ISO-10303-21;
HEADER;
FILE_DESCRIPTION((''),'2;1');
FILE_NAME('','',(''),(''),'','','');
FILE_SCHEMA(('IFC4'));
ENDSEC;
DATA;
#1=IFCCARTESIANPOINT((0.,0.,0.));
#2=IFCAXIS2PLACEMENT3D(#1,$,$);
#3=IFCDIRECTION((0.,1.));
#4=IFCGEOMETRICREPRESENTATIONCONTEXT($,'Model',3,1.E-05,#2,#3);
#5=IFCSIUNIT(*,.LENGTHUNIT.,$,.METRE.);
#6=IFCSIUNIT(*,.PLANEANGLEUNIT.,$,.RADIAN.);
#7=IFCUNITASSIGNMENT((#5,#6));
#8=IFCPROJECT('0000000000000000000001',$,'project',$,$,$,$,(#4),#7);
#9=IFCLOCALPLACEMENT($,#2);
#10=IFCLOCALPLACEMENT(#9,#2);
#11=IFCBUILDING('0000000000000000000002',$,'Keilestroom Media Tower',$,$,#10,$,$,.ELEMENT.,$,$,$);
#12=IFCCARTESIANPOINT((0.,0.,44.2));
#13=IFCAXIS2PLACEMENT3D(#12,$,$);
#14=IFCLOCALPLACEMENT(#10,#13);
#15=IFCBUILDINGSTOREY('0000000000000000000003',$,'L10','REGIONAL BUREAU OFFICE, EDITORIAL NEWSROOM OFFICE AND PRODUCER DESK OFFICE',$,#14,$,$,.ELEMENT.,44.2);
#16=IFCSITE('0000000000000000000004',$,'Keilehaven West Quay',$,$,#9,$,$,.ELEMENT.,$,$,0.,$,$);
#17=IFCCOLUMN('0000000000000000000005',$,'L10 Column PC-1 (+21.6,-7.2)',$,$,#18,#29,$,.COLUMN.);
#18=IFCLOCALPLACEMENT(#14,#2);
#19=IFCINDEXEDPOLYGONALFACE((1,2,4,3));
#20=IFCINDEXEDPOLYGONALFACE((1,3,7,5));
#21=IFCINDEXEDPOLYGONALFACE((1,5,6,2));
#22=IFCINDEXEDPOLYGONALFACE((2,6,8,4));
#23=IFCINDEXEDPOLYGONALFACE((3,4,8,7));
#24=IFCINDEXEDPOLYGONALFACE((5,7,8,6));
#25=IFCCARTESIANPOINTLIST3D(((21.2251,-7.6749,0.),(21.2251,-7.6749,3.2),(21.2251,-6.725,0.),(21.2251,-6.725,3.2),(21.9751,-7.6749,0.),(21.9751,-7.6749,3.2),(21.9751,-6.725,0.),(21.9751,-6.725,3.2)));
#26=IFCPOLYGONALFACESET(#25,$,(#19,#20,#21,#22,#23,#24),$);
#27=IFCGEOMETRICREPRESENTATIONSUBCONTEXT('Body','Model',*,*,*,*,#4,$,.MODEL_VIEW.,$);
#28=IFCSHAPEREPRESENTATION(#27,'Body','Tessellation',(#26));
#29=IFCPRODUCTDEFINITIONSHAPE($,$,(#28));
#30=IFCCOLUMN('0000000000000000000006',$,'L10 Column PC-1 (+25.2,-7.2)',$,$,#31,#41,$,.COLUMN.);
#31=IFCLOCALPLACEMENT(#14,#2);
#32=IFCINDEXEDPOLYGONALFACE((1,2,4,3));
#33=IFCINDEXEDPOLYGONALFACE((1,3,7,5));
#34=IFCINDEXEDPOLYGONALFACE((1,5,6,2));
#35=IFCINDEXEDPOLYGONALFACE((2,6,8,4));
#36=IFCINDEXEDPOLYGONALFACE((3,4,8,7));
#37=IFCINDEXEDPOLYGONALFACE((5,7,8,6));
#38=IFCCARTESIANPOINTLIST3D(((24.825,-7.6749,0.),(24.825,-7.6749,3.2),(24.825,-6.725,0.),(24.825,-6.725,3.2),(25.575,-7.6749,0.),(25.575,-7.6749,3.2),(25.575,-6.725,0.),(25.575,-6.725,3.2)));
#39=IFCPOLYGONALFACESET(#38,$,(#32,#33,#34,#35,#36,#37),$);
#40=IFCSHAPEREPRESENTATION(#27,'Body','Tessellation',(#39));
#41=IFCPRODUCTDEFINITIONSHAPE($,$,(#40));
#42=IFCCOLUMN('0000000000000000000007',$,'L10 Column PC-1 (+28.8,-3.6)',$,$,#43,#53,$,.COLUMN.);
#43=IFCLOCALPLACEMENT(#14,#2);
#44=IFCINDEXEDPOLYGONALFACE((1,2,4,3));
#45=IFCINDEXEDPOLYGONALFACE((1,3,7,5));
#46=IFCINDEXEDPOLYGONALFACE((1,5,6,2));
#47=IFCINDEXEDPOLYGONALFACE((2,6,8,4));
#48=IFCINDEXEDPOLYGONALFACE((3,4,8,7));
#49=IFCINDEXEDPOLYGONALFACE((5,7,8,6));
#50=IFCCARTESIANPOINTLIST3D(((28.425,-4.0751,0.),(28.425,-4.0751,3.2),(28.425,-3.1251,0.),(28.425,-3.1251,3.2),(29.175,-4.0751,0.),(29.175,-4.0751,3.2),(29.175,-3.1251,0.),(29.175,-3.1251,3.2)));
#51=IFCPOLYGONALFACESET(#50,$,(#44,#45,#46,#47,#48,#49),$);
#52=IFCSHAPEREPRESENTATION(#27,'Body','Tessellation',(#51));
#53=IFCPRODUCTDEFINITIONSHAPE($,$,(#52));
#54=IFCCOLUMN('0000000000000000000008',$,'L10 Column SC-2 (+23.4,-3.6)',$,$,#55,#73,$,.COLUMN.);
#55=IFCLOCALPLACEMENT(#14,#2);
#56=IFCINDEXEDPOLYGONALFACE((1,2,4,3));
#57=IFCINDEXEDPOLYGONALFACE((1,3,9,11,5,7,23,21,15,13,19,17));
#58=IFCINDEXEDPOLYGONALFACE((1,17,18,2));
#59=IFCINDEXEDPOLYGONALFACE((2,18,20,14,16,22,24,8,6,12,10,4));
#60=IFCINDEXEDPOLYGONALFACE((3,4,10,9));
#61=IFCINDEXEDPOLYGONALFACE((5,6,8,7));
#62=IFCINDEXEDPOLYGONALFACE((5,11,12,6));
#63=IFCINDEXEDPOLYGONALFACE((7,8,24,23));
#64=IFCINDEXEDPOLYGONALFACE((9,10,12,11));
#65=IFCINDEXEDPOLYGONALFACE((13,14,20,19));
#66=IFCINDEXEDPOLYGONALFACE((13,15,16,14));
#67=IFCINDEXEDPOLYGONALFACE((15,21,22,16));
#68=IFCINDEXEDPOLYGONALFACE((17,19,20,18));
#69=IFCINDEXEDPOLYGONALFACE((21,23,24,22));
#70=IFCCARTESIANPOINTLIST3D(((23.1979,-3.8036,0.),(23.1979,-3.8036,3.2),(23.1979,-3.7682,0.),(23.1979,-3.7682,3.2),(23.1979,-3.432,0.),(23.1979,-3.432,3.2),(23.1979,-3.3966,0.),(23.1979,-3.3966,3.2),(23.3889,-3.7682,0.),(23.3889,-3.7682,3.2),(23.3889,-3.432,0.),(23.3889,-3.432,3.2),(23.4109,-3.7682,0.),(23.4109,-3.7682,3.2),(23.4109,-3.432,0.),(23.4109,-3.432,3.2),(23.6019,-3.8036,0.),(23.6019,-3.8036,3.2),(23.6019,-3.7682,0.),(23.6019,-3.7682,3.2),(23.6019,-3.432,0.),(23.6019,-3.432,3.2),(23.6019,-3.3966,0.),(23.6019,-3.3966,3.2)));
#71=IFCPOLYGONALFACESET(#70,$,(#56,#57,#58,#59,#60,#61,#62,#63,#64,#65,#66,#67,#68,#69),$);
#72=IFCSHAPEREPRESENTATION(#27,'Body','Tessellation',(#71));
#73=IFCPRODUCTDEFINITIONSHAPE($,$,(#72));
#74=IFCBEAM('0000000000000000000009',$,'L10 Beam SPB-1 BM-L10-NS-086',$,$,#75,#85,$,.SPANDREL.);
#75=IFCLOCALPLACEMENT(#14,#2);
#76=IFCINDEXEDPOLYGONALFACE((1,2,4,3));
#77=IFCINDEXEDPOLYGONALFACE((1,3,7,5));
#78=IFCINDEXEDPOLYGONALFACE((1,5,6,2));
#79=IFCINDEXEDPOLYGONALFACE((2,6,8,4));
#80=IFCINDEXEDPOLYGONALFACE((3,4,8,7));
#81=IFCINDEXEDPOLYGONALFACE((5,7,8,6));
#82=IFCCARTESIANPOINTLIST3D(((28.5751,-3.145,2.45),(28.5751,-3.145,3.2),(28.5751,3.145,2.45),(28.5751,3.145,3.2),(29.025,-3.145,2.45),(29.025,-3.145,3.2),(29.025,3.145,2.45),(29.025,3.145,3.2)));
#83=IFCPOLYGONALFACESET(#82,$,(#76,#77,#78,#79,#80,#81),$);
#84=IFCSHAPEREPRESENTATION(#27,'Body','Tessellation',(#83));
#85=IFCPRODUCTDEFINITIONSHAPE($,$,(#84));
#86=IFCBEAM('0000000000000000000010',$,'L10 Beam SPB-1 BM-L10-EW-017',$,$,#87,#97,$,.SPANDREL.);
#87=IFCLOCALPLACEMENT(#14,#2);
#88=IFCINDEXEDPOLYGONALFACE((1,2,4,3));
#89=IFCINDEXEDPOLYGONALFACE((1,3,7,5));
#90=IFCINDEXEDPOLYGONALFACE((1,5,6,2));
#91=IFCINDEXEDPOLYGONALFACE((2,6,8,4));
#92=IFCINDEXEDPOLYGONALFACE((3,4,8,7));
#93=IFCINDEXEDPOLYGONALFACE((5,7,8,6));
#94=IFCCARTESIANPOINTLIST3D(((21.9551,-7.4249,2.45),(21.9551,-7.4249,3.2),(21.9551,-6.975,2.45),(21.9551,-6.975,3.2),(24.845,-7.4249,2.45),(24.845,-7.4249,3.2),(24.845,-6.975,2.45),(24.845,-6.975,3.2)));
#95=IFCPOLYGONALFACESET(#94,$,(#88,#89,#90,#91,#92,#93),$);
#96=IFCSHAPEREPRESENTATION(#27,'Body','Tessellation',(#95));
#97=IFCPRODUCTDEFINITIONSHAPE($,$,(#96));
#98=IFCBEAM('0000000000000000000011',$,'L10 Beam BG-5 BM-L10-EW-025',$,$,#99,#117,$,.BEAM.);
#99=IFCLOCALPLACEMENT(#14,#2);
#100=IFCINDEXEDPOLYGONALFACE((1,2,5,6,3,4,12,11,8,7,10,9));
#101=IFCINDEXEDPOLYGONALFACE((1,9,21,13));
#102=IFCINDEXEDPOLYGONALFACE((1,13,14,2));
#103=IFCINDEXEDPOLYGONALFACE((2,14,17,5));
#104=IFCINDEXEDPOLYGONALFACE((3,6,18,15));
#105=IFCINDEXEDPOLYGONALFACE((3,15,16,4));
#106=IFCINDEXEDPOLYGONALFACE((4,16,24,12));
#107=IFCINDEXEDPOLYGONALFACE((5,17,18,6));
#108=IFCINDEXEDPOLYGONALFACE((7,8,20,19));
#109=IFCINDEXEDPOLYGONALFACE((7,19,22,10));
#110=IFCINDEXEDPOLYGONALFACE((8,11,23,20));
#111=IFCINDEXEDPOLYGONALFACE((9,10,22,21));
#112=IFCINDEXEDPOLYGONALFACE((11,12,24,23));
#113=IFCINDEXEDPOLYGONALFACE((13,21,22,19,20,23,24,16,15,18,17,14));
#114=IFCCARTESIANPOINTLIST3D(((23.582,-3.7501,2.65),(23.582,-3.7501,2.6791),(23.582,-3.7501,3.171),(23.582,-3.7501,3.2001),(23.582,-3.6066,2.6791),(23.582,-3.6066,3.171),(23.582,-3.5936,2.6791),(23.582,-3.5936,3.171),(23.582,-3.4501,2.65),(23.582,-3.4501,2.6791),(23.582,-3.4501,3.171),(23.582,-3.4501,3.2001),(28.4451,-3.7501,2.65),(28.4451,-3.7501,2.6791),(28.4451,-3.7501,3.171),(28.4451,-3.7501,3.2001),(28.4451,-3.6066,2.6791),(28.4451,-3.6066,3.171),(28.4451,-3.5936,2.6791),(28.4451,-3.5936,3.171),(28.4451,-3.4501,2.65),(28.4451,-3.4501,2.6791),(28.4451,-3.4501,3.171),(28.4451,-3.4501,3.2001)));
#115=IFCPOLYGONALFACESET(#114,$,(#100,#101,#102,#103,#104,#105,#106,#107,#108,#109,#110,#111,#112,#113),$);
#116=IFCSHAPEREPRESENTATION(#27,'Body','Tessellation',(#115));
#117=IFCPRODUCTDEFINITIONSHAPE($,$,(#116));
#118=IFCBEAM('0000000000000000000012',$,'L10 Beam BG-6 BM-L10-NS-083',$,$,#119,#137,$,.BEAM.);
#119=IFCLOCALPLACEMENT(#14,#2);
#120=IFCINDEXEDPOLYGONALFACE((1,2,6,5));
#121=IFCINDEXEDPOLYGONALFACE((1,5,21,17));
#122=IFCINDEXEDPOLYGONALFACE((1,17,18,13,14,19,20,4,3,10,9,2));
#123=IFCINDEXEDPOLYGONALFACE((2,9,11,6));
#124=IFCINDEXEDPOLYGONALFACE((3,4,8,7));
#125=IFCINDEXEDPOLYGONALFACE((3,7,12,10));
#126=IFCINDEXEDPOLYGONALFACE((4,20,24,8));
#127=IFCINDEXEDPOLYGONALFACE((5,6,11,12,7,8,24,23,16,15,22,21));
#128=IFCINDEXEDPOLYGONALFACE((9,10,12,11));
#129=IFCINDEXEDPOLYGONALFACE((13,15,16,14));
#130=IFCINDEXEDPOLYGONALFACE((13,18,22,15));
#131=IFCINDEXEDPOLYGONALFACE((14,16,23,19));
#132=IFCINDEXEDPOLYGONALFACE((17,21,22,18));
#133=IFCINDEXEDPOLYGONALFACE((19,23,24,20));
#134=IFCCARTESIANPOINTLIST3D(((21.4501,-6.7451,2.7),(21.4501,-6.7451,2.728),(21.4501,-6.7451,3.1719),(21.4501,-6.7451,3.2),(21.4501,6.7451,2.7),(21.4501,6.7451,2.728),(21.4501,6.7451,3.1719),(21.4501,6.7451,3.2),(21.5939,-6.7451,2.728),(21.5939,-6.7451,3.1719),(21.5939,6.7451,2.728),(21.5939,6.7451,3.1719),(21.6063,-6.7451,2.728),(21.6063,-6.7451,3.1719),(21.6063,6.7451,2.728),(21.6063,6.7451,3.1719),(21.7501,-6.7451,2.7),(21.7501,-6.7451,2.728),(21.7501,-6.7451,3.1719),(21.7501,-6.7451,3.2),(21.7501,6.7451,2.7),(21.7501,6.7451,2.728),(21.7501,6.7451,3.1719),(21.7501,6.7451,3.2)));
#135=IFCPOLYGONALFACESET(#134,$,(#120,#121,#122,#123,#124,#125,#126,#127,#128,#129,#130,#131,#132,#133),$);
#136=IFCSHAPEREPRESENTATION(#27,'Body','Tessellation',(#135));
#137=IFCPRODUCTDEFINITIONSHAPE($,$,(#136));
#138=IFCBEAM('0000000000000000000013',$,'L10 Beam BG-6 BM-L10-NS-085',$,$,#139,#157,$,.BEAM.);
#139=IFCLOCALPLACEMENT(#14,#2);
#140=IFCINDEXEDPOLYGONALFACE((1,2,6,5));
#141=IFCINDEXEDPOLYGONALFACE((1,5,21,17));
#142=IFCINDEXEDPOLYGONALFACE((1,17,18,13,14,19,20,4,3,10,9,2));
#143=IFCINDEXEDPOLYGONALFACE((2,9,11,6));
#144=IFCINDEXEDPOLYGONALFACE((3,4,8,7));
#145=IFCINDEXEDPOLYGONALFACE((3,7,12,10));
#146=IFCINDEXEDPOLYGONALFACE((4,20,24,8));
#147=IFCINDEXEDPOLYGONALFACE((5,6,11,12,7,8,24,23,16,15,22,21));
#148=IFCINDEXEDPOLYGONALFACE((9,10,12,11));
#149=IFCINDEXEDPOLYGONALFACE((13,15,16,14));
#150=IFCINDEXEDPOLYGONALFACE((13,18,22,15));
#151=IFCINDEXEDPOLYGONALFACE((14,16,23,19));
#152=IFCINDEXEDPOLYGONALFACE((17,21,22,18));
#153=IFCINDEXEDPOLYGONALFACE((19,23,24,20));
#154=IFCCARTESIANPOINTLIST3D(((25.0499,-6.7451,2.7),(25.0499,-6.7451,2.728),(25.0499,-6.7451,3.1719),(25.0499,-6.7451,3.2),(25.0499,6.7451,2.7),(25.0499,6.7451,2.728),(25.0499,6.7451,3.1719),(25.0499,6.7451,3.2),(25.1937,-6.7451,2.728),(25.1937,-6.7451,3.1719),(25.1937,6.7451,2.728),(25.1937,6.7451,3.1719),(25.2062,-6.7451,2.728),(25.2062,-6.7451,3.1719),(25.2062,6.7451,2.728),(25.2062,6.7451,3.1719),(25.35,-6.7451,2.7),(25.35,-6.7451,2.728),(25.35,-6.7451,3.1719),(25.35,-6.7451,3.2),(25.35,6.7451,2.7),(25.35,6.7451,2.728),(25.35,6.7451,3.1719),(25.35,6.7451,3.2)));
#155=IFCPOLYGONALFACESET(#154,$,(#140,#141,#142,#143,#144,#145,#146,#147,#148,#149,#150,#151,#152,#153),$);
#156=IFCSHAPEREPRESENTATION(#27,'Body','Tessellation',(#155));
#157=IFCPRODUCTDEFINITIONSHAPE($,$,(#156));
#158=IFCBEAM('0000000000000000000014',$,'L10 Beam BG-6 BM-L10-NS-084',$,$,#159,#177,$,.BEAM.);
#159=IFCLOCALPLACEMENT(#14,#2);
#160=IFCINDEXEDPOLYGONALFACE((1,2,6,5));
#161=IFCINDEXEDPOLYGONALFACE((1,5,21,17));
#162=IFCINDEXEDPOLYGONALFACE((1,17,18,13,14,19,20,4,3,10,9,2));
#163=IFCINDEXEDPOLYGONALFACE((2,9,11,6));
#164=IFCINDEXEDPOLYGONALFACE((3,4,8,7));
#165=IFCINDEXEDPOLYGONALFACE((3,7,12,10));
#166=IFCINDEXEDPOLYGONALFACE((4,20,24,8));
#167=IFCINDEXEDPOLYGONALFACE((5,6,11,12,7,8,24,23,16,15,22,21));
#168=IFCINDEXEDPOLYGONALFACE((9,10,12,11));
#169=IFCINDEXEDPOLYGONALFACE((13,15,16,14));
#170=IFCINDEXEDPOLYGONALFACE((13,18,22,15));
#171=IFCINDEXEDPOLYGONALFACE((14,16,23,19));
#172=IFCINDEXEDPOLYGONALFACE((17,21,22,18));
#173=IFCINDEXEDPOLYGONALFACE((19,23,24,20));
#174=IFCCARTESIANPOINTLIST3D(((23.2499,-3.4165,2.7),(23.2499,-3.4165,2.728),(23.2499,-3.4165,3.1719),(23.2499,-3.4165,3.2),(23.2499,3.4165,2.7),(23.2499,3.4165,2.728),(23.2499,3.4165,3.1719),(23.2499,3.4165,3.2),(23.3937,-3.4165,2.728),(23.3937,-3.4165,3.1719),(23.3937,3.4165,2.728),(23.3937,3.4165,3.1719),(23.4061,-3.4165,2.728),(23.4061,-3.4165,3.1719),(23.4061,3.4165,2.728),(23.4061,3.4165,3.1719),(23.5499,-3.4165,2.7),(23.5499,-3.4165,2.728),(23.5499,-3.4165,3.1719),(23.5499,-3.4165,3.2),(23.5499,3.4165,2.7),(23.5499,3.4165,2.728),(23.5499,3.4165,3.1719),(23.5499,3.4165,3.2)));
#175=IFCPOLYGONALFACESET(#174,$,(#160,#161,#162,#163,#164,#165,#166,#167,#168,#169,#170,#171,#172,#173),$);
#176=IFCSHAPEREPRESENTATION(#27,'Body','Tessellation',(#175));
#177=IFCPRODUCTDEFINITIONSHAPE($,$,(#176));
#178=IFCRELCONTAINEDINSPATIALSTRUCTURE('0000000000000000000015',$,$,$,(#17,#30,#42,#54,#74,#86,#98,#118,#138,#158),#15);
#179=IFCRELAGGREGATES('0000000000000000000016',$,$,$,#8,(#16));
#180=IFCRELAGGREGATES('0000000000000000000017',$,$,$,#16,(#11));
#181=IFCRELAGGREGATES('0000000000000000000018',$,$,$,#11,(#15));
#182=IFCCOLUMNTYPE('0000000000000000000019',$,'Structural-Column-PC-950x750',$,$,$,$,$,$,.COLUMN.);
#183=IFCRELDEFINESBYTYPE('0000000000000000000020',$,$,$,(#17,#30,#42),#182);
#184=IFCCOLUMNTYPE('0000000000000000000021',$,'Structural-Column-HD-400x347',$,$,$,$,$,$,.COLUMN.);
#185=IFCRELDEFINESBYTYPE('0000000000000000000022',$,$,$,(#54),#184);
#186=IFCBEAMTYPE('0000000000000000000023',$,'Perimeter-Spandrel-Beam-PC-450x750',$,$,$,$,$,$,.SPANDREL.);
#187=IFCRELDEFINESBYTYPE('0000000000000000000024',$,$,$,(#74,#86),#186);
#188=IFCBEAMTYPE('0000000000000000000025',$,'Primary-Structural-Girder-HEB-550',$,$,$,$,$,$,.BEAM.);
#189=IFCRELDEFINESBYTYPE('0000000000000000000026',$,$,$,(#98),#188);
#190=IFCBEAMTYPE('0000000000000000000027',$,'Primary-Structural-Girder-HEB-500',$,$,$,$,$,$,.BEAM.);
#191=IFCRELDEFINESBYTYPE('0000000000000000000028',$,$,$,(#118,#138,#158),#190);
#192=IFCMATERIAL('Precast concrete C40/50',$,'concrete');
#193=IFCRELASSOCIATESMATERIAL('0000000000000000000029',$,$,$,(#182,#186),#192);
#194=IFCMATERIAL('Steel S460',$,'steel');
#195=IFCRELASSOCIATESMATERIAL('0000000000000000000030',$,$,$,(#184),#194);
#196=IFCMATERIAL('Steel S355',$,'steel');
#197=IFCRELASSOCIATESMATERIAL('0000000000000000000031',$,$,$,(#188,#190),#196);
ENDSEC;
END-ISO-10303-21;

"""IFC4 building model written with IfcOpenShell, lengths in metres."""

from ifc_helpers import new_model, si_unit, direction, frame, origin, origin_2d, place, context, subcontext, project, spatial, rectangle, i_section, extrude, source, transform, mapped, material, material_profile, profile_set, type_object, element, save


model = new_model("IFC4")

# Units and contexts
model_context = context("Model", 3, precision=1e-05, world=origin(), true_north=direction((0.0, 1.0)))
body_context = subcontext(model_context, "Body", "Model", "MODEL_VIEW")
ifc_project = project(units=[si_unit("LENGTHUNIT", "METRE"), si_unit("PLANEANGLEUNIT", "RADIAN")], contexts=[model_context])

# Site, building, storey
site_placement = place(None, origin())
site = spatial("IfcSite", under=ifc_project, at=site_placement, Name="Keilehaven West Quay", CompositionType="ELEMENT", RefElevation=0.0)
building_placement = place(site_placement, origin())
building = spatial("IfcBuilding", under=site, at=building_placement, Name="Keilestroom Media Tower", CompositionType="ELEMENT")
storey_placement = place(building_placement, frame((0.0, 0.0, 44.2)))
storey = spatial("IfcBuildingStorey", under=building, at=storey_placement, Name="L10", Description="REGIONAL BUREAU OFFICE, EDITORIAL NEWSROOM OFFICE AND PRODUCER DESK OFFICE", CompositionType="ELEMENT", Elevation=44.2)

# Columns
ifc_material_1 = material(Name="Precast concrete C40/50", Category="concrete")
ifc_material_profile_1 = material_profile(ifc_material_1, rectangle(XDim=0.75, YDim=0.95, at=origin_2d()), Name="PC 950x750")
ifc_profile_set_1 = profile_set([ifc_material_profile_1], Name="Precast concrete C40/50")
column_type_1 = type_object("IfcColumnType", Name="Structural-Column-PC-950x750", PredefinedType="COLUMN", material=ifc_profile_set_1)
shared_shape_1 = source(origin(), body_context, "Body", "SweptSolid", [
    extrude(rectangle(XDim=0.75, YDim=0.95, at=origin_2d()), origin(), (0.0, 0.0, 1.0), 3.2),
])
for number, where, z_axis, x_axis, name in (
    (1, (21.6001, -7.2, 0.0), (0.0, 0.0, 1.0), (1.0, 0.0, 0.0), "L10 Column PC-1 (+21.6,-7.2)"),
    (2, (25.2, -7.2, 0.0), (0.0, 0.0, 1.0), (1.0, 0.0, 0.0), "L10 Column PC-1 (+25.2,-7.2)"),
    (3, (28.8, -3.6001, 0.0), (0.0, 0.0, 1.0), (1.0, 0.0, 0.0), "L10 Column PC-1 (+28.8,-3.6)"),
):
    element("IfcColumn", number, at=place(storey_placement, frame(where, z_axis=z_axis, x_axis=x_axis)), inside=storey, type_object=column_type_1, Name=name, PredefinedType="COLUMN", context=body_context, shape_type="MappedRepresentation", body=[
        mapped(shared_shape_1, transform((0.0, 0.0, 0.0), x_axis=(1.0, 0.0, 0.0), y_axis=(0.0, 1.0, 0.0), z_axis=(0.0, 0.0, 1.0), scale=1.0)),
    ])
ifc_material_2 = material(Name="Steel S460", Category="steel")
ifc_material_profile_2 = material_profile(ifc_material_2, i_section(OverallWidth=0.4041, OverallDepth=0.407, WebThickness=0.022, FlangeThickness=0.0354, at=origin_2d()), Name="HD 400x347")
ifc_profile_set_2 = profile_set([ifc_material_profile_2], Name="Steel S460")
column_type_2 = type_object("IfcColumnType", Name="Structural-Column-HD-400x347", PredefinedType="COLUMN", material=ifc_profile_set_2)
shared_shape_2 = source(origin(), body_context, "Body", "SweptSolid", [
    extrude(i_section(OverallWidth=0.4041, OverallDepth=0.407, WebThickness=0.022, FlangeThickness=0.0354, at=origin_2d()), origin(), (0.0, 0.0, 1.0), 3.2),
])
column_placement = place(storey_placement, frame((23.3999, -3.6001, 0.0), z_axis=(0.0, 0.0, 1.0), x_axis=(1.0, 0.0, 0.0)))
element("IfcColumn", 4, at=column_placement, inside=storey, type_object=column_type_2, Name="L10 Column SC-2 (+23.4,-3.6)", PredefinedType="COLUMN", context=body_context, shape_type="MappedRepresentation", body=[
    mapped(shared_shape_2, transform((0.0, 0.0, 0.0), x_axis=(1.0, 0.0, 0.0), y_axis=(0.0, 1.0, 0.0), z_axis=(0.0, 0.0, 1.0), scale=1.0)),
])

# Beams
ifc_material_profile_3 = material_profile(ifc_material_1, rectangle(XDim=0.45, YDim=0.75, at=origin_2d()), Name="PC 450x750")
ifc_profile_set_3 = profile_set([ifc_material_profile_3], Name="Precast concrete C40/50")
beam_type_1 = type_object("IfcBeamType", Name="Perimeter-Spandrel-Beam-PC-450x750", PredefinedType="SPANDREL", material=ifc_profile_set_3)
shared_shape_3 = source(origin(), body_context, "Body", "SweptSolid", [
    extrude(rectangle(XDim=0.45, YDim=0.75, at=origin_2d()), origin(), (0.0, 0.0, 1.0), 6.29),
])
beam_1_placement = place(storey_placement, frame((28.8, -3.145, 2.825), z_axis=(0.0, 1.0, 0.0), x_axis=(-1.0, 0.0, 0.0)))
element("IfcBeam", 5, at=beam_1_placement, inside=storey, type_object=beam_type_1, Name="L10 Beam SPB-1 BM-L10-NS-086", PredefinedType="SPANDREL", context=body_context, shape_type="MappedRepresentation", body=[
    mapped(shared_shape_3, transform((0.0, 0.0, 0.0), x_axis=(1.0, 0.0, 0.0), y_axis=(0.0, 1.0, 0.0), z_axis=(0.0, 0.0, 1.0), scale=1.0)),
])
shared_shape_4 = source(origin(), body_context, "Body", "SweptSolid", [
    extrude(rectangle(XDim=0.45, YDim=0.75, at=origin_2d()), origin(), (0.0, 0.0, 1.0), 2.8899),
])
beam_2_placement = place(storey_placement, frame((21.9551, -7.2, 2.825), z_axis=(1.0, 0.0, 0.0), x_axis=(0.0, 1.0, 0.0)))
element("IfcBeam", 6, at=beam_2_placement, inside=storey, type_object=beam_type_1, Name="L10 Beam SPB-1 BM-L10-EW-017", PredefinedType="SPANDREL", context=body_context, shape_type="MappedRepresentation", body=[
    mapped(shared_shape_4, transform((0.0, 0.0, 0.0), x_axis=(1.0, 0.0, 0.0), y_axis=(0.0, 1.0, 0.0), z_axis=(0.0, 0.0, 1.0), scale=1.0)),
])
ifc_material_3 = material(Name="Steel S355", Category="steel")
ifc_material_profile_4 = material_profile(ifc_material_3, i_section(OverallWidth=0.3, OverallDepth=0.55, WebThickness=0.0129, FlangeThickness=0.0291, at=origin_2d()), Name="HEB 550")
ifc_profile_set_4 = profile_set([ifc_material_profile_4], Name="Steel S355")
beam_type_2 = type_object("IfcBeamType", Name="Primary-Structural-Girder-HEB-550", PredefinedType="BEAM", material=ifc_profile_set_4)
shared_shape_5 = source(origin(), body_context, "Body", "SweptSolid", [
    extrude(i_section(OverallWidth=0.3, OverallDepth=0.55, WebThickness=0.0129, FlangeThickness=0.0291, at=origin_2d()), origin(), (0.0, 0.0, 1.0), 4.863),
])
beam_3_placement = place(storey_placement, frame((23.582, -3.6001, 2.925), z_axis=(1.0, 0.0, 0.0), x_axis=(0.0, 1.0, 0.0)))
element("IfcBeam", 7, at=beam_3_placement, inside=storey, type_object=beam_type_2, Name="L10 Beam BG-5 BM-L10-EW-025", PredefinedType="BEAM", context=body_context, shape_type="MappedRepresentation", body=[
    mapped(shared_shape_5, transform((0.0, 0.0, 0.0), x_axis=(1.0, 0.0, 0.0), y_axis=(0.0, 1.0, 0.0), z_axis=(0.0, 0.0, 1.0), scale=1.0)),
])
ifc_material_profile_5 = material_profile(ifc_material_3, i_section(OverallWidth=0.3, OverallDepth=0.5, WebThickness=0.0125, FlangeThickness=0.0281, at=origin_2d()), Name="HEB 500")
ifc_profile_set_5 = profile_set([ifc_material_profile_5], Name="Steel S355")
beam_type_3 = type_object("IfcBeamType", Name="Primary-Structural-Girder-HEB-500", PredefinedType="BEAM", material=ifc_profile_set_5)
shared_shape_6 = source(origin(), body_context, "Body", "SweptSolid", [
    extrude(i_section(OverallWidth=0.3, OverallDepth=0.5, WebThickness=0.0125, FlangeThickness=0.0281, at=origin_2d()), origin(), (0.0, 0.0, 1.0), 13.4902),
])
for number, where, z_axis, x_axis, name in (
    (8, (21.6001, -6.7451, 2.95), (0.0, 1.0, 0.0), (-1.0, 0.0, 0.0), "L10 Beam BG-6 BM-L10-NS-083"),
    (9, (25.2, -6.7451, 2.95), (0.0, 1.0, 0.0), (-1.0, 0.0, 0.0), "L10 Beam BG-6 BM-L10-NS-085"),
):
    element("IfcBeam", number, at=place(storey_placement, frame(where, z_axis=z_axis, x_axis=x_axis)), inside=storey, type_object=beam_type_3, Name=name, PredefinedType="BEAM", context=body_context, shape_type="MappedRepresentation", body=[
        mapped(shared_shape_6, transform((0.0, 0.0, 0.0), x_axis=(1.0, 0.0, 0.0), y_axis=(0.0, 1.0, 0.0), z_axis=(0.0, 0.0, 1.0), scale=1.0)),
    ])
shared_shape_7 = source(origin(), body_context, "Body", "SweptSolid", [
    extrude(i_section(OverallWidth=0.3, OverallDepth=0.5, WebThickness=0.0125, FlangeThickness=0.0281, at=origin_2d()), origin(), (0.0, 0.0, 1.0), 6.833),
])
beam_4_placement = place(storey_placement, frame((23.3999, -3.4165, 2.95), z_axis=(0.0, 1.0, 0.0), x_axis=(-1.0, 0.0, 0.0)))
element("IfcBeam", 10, at=beam_4_placement, inside=storey, type_object=beam_type_3, Name="L10 Beam BG-6 BM-L10-NS-084", PredefinedType="BEAM", context=body_context, shape_type="MappedRepresentation", body=[
    mapped(shared_shape_7, transform((0.0, 0.0, 0.0), x_axis=(1.0, 0.0, 0.0), y_axis=(0.0, 1.0, 0.0), z_axis=(0.0, 0.0, 1.0), scale=1.0)),
])

save(model, "model.ifc")
